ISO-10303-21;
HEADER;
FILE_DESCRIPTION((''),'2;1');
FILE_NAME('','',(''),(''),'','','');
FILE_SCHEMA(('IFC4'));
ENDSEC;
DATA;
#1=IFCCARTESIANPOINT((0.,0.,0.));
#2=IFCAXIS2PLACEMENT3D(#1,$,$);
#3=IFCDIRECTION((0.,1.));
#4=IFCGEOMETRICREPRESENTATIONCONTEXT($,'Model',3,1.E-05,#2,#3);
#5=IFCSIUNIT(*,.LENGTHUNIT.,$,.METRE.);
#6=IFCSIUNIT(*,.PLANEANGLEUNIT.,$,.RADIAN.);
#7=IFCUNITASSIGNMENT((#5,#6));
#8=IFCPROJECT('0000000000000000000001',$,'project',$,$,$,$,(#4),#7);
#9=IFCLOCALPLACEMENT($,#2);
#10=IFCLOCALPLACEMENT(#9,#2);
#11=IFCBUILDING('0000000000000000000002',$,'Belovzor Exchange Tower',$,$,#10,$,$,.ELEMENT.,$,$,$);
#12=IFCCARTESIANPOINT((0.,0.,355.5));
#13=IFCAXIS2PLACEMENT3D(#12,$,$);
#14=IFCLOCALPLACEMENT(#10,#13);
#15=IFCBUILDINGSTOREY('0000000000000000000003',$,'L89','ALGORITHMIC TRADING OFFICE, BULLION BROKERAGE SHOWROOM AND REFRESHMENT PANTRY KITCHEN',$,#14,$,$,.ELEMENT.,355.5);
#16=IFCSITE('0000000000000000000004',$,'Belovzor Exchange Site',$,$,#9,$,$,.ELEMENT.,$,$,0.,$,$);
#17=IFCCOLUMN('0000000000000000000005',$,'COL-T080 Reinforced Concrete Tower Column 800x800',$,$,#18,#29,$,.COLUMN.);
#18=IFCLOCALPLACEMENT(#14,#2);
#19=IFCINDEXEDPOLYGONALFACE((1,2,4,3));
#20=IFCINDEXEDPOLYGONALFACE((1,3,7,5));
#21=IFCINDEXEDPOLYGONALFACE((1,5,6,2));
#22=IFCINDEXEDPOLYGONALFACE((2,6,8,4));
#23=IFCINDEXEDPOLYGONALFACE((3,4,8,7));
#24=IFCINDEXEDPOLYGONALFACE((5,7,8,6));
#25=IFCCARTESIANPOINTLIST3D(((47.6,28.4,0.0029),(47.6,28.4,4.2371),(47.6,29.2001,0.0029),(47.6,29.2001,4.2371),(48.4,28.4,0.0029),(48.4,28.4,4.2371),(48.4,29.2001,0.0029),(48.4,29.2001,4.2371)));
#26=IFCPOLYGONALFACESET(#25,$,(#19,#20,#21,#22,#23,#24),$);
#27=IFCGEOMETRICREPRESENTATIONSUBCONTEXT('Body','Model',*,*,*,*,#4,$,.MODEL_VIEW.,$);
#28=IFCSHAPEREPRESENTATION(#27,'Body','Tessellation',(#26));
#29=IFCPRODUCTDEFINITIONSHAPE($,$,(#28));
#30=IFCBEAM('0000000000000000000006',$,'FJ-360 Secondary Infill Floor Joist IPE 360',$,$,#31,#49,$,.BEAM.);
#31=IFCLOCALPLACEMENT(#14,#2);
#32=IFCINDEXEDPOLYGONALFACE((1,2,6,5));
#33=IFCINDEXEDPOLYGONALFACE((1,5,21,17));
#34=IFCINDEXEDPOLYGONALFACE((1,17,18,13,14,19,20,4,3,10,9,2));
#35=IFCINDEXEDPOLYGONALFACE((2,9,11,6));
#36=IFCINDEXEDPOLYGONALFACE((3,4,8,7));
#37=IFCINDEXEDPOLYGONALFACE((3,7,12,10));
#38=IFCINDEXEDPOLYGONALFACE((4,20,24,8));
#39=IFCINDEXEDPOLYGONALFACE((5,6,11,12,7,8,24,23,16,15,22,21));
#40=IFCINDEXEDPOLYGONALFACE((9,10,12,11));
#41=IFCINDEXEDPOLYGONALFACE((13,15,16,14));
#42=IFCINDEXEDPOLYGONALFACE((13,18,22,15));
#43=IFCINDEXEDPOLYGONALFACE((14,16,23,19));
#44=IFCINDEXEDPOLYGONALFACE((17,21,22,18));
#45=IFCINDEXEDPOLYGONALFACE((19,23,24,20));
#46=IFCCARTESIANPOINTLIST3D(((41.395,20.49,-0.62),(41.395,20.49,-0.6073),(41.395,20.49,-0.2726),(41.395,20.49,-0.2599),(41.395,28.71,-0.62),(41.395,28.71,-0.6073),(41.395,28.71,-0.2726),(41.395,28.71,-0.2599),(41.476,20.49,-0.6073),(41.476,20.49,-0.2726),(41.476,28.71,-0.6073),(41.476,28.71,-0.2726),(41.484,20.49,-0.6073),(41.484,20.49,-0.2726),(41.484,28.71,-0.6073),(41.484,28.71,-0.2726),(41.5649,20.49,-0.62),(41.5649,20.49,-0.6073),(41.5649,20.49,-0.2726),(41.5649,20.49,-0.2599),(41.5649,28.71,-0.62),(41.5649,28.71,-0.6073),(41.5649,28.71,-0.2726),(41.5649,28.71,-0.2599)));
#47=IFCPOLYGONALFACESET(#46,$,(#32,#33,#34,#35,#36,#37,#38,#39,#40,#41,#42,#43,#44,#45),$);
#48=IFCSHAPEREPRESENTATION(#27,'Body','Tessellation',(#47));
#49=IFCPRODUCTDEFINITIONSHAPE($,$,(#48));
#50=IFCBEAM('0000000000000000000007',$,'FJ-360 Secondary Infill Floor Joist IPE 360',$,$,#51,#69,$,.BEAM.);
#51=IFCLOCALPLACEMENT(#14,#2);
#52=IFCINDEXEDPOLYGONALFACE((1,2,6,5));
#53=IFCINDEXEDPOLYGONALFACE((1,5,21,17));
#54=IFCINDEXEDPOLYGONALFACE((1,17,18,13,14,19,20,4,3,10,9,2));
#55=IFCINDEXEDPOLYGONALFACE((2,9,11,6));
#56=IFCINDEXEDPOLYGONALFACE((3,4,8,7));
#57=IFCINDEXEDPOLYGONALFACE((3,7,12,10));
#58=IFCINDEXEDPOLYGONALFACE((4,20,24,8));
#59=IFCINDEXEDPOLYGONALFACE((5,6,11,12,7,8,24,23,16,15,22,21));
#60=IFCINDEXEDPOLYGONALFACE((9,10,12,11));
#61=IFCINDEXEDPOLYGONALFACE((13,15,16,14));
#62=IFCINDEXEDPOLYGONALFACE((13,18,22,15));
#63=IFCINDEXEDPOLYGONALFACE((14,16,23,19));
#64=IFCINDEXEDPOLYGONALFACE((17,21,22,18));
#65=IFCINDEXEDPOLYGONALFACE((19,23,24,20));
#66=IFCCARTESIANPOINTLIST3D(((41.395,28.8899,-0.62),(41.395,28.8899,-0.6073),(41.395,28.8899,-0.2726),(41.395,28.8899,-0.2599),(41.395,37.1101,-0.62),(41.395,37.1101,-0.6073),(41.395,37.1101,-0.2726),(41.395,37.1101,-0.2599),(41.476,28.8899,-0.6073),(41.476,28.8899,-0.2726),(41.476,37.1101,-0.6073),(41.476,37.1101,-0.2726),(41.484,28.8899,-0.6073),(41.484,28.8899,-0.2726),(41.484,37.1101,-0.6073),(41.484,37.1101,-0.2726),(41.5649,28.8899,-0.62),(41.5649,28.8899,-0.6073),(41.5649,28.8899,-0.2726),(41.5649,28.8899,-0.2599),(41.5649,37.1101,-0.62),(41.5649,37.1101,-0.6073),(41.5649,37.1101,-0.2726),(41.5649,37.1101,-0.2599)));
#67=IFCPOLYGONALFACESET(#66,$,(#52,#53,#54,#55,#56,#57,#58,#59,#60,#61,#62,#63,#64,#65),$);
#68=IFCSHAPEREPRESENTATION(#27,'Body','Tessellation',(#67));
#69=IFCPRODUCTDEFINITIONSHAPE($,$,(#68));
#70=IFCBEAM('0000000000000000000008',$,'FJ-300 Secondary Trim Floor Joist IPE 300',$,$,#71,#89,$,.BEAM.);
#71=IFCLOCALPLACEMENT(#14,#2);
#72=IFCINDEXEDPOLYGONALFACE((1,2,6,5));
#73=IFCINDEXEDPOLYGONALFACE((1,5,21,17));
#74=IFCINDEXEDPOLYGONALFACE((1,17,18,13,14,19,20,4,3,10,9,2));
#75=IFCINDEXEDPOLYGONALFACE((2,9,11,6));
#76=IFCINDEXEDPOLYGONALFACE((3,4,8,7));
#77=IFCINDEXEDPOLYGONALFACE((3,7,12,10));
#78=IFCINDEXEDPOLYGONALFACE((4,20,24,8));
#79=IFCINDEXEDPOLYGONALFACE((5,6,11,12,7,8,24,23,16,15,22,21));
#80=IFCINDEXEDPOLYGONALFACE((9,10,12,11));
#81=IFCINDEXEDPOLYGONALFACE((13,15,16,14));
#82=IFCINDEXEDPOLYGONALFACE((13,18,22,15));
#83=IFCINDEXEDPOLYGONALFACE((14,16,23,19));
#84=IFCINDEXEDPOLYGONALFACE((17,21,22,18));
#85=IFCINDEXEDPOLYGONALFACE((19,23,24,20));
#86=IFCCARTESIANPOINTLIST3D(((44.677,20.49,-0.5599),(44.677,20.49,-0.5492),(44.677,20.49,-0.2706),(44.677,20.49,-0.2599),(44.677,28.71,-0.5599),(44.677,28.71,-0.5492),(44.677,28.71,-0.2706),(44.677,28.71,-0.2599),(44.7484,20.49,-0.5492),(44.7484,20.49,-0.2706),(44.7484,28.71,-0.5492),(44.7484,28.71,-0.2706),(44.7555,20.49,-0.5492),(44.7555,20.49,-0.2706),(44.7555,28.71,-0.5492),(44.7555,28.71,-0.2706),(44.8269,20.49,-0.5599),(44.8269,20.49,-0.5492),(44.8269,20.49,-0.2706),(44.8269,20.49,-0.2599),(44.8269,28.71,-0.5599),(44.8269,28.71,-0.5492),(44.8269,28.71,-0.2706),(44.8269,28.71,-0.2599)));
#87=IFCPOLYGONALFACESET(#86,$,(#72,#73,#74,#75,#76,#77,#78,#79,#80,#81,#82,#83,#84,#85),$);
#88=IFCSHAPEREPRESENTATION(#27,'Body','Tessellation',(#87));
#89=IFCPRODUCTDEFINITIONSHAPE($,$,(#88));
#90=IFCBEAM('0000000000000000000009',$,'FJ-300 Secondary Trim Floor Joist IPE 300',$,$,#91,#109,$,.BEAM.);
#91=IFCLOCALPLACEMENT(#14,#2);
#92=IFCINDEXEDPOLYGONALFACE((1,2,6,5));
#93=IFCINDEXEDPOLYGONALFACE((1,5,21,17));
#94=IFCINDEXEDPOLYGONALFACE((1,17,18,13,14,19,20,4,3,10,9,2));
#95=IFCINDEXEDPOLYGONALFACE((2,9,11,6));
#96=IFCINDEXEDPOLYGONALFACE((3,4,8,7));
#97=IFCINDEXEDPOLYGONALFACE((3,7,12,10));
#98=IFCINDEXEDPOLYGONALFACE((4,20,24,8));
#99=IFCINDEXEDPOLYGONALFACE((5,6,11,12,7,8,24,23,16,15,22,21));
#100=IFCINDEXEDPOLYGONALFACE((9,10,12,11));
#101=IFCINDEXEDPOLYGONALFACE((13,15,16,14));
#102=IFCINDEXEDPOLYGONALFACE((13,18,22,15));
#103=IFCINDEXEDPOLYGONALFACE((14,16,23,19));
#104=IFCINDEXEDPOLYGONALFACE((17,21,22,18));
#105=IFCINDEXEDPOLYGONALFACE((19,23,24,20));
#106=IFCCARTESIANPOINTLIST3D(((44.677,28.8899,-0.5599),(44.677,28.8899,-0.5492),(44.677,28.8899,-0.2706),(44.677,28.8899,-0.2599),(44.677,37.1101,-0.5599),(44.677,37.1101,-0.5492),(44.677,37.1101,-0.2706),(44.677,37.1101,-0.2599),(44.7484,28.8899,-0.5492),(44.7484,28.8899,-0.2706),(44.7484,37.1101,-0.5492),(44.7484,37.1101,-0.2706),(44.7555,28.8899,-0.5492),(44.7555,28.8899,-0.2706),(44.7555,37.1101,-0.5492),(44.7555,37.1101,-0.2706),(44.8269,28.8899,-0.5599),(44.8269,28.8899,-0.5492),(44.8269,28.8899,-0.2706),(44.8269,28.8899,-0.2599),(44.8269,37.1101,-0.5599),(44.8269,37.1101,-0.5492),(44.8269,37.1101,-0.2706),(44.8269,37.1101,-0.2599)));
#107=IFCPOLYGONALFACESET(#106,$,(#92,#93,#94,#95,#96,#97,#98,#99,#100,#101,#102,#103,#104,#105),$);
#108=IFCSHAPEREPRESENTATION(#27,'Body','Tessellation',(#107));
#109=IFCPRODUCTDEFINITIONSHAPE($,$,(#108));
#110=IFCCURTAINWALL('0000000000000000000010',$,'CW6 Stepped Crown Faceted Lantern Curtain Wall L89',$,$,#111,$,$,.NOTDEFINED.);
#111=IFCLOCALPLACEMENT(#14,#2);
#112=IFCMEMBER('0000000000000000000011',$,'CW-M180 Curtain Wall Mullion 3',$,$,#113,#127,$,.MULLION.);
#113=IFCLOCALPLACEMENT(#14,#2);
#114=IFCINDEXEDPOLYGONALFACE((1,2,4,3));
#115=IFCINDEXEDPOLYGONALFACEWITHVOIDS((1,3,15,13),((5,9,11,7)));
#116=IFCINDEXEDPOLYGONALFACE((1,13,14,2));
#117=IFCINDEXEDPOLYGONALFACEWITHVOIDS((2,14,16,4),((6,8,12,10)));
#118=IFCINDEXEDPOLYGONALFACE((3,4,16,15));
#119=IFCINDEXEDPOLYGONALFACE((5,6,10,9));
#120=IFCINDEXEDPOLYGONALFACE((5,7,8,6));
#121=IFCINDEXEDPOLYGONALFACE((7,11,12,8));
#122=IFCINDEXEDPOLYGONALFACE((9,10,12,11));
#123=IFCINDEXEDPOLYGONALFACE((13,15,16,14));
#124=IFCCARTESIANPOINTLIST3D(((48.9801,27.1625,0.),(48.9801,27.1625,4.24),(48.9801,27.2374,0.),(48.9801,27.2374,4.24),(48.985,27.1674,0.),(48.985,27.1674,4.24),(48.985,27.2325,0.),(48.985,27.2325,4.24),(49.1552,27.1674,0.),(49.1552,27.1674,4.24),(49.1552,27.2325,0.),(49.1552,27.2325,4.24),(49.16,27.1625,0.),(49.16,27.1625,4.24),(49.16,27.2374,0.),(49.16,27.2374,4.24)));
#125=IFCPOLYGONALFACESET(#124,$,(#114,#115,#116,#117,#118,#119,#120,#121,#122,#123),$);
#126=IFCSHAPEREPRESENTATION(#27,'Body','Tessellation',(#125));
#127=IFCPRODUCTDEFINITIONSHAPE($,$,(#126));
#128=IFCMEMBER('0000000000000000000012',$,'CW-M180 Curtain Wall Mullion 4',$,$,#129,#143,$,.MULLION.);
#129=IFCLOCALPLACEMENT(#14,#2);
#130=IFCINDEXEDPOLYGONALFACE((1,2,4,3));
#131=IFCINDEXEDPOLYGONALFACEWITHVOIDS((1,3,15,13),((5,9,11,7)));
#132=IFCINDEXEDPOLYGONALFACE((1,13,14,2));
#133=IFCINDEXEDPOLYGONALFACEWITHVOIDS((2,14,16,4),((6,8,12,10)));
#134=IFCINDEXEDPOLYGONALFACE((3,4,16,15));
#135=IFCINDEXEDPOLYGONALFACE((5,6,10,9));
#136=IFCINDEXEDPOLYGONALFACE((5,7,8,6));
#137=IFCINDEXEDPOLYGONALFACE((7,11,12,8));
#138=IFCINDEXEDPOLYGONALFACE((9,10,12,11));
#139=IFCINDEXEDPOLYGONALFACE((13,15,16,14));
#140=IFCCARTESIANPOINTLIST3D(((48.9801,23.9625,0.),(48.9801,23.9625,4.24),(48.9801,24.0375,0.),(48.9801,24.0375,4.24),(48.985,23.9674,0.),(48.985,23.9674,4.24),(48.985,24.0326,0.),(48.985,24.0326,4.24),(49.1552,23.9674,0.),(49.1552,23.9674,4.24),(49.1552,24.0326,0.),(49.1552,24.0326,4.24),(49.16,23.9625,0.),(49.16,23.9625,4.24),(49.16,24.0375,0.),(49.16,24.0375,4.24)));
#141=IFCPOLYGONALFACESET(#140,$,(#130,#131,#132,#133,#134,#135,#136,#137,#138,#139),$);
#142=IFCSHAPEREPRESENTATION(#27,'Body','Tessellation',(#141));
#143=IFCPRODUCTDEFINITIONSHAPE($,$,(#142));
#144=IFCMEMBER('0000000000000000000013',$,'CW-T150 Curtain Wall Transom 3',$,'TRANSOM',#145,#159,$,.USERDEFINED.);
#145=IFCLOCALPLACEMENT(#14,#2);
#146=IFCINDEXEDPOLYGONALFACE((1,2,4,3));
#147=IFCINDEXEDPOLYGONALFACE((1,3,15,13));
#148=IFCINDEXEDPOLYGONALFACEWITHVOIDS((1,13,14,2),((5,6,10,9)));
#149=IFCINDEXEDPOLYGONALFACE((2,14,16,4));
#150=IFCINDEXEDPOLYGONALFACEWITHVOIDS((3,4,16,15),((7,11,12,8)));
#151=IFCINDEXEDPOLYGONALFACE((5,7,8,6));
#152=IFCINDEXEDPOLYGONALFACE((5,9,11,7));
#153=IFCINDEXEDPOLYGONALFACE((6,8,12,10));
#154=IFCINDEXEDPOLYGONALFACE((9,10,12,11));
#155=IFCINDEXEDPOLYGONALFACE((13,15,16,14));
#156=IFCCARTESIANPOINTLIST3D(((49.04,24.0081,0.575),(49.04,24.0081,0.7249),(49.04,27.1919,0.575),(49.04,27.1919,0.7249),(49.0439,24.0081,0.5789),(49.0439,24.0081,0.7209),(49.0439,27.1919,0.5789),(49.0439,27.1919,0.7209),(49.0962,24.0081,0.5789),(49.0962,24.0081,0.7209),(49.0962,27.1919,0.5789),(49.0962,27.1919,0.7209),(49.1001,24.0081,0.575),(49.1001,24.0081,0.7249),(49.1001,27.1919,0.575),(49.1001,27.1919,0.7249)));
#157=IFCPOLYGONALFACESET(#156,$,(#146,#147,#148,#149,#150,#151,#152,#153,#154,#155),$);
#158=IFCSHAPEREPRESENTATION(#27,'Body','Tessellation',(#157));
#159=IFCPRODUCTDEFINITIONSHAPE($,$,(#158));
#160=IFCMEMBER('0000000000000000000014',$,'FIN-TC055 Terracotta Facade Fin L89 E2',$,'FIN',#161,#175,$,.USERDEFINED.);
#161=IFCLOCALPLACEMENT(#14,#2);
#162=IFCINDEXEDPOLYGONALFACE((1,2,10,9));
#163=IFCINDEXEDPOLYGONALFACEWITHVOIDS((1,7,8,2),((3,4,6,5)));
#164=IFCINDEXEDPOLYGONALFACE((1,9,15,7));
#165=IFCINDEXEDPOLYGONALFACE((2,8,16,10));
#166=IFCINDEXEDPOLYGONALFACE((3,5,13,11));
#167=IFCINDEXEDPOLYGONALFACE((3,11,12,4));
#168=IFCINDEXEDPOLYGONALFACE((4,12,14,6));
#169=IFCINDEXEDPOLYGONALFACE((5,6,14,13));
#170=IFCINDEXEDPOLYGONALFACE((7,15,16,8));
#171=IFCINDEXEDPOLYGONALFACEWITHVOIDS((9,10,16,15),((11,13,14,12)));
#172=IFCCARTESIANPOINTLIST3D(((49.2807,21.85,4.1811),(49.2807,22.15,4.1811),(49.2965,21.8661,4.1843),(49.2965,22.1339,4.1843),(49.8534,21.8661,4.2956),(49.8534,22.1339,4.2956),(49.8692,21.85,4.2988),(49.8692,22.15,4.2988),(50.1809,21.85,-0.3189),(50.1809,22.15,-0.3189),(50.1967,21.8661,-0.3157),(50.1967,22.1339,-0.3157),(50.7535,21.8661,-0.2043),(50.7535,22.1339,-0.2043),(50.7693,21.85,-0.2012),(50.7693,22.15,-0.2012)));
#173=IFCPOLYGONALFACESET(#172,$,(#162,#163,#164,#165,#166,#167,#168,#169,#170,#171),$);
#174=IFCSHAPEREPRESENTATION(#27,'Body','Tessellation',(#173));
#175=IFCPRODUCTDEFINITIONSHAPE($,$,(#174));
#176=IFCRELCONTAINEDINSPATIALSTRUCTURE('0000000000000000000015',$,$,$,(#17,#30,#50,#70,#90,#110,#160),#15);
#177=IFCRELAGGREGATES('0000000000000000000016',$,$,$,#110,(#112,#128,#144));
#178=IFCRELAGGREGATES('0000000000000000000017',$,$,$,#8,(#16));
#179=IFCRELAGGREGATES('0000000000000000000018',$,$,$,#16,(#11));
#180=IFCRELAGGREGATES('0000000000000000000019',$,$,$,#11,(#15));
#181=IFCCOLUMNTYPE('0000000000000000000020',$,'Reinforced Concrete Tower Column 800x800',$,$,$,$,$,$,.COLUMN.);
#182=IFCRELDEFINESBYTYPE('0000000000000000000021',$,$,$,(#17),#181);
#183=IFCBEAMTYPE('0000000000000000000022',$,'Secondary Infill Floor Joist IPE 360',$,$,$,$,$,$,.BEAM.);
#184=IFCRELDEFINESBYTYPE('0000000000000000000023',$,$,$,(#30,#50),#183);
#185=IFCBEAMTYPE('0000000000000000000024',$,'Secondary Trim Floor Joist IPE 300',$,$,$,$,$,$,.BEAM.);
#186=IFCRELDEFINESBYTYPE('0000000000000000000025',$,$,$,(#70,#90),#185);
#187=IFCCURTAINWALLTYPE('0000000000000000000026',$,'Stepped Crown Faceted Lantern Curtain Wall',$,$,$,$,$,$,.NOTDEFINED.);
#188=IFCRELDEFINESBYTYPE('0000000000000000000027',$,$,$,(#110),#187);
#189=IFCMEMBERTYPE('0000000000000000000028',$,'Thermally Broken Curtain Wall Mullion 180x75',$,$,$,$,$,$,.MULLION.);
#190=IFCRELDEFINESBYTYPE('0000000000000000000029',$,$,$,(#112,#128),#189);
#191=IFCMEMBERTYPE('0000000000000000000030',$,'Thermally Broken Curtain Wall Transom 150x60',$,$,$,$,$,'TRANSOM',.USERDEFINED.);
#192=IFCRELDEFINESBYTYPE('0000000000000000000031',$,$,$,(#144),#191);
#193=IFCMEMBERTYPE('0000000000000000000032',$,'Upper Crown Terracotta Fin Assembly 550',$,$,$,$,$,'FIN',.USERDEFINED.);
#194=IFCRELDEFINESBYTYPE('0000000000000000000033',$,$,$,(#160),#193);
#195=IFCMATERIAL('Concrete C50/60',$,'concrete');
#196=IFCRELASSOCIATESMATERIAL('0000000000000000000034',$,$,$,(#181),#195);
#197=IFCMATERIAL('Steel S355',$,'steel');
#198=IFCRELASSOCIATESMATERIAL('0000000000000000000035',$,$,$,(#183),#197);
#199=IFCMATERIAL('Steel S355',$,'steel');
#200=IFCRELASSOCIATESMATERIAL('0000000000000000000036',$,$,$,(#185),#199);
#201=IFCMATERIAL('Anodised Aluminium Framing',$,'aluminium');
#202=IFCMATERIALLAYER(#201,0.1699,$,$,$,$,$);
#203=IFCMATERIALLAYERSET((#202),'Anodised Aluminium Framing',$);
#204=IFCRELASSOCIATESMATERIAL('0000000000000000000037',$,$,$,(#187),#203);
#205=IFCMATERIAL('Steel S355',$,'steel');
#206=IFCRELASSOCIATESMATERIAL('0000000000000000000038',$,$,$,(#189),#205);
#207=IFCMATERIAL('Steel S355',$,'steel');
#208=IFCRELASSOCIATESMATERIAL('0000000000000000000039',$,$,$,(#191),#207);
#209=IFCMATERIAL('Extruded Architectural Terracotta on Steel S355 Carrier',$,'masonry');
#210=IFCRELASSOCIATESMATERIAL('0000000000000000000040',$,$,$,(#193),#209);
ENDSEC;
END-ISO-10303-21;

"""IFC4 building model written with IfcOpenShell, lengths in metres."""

from ifc_helpers import new_model, si_unit, direction, frame, origin, origin_2d, place, context, subcontext, project, spatial, rectangle, hollow_rectangle, i_section, extrude, material, layer, layer_set, material_profile, profile_set, type_object, element, aggregate, save


model = new_model("IFC4")

# Units and contexts
model_context = context("Model", 3, precision=1e-05, world=origin(), true_north=direction((0.0, 1.0)))
body_context = subcontext(model_context, "Body", "Model", "MODEL_VIEW")
ifc_project = project(units=[si_unit("LENGTHUNIT", "METRE"), si_unit("PLANEANGLEUNIT", "RADIAN")], contexts=[model_context])

# Site, building, storey
site_placement = place(None, origin())
site = spatial("IfcSite", under=ifc_project, at=site_placement, Name="Belovzor Exchange Site", CompositionType="ELEMENT", RefElevation=0.0)
building_placement = place(site_placement, origin())
building = spatial("IfcBuilding", under=site, at=building_placement, Name="Belovzor Exchange Tower", CompositionType="ELEMENT")
storey_placement = place(building_placement, frame((0.0, 0.0, 355.5)))
storey = spatial("IfcBuildingStorey", under=building, at=storey_placement, Name="L89", Description="ALGORITHMIC TRADING OFFICE, BULLION BROKERAGE SHOWROOM AND REFRESHMENT PANTRY KITCHEN", CompositionType="ELEMENT", Elevation=355.5)

# Column
ifc_material_1 = material(Name="Concrete C50/60", Category="concrete")
ifc_material_profile_1 = material_profile(ifc_material_1, rectangle(XDim=0.8, YDim=0.8, at=origin_2d()))
ifc_profile_set_1 = profile_set([ifc_material_profile_1], Name="Concrete C50/60")
column_type = type_object("IfcColumnType", Name="Reinforced Concrete Tower Column 800x800", PredefinedType="COLUMN", material=ifc_profile_set_1)
column_placement = place(storey_placement, frame((48.0, 28.8, 0.0029), z_axis=(0.0, 0.0, 1.0), x_axis=(1.0, 0.0, 0.0)))
element("IfcColumn", 1, at=column_placement, inside=storey, type_object=column_type, Name="COL-T080 Reinforced Concrete Tower Column 800x800", PredefinedType="COLUMN", context=body_context, shape_type="SweptSolid", body=[
    extrude(rectangle(XDim=0.8, YDim=0.8, at=origin_2d()), origin(), (0.0, 0.0, 1.0), 4.2341),
])

# Beams
ifc_material_2 = material(Name="Steel S355", Category="steel")
ifc_material_profile_2 = material_profile(ifc_material_2, i_section(OverallWidth=0.1699, OverallDepth=0.3601, WebThickness=0.0081, FlangeThickness=0.0127, at=origin_2d()))
ifc_profile_set_2 = profile_set([ifc_material_profile_2], Name="Steel S355")
beam_type_1 = type_object("IfcBeamType", Name="Secondary Infill Floor Joist IPE 360", PredefinedType="BEAM", material=ifc_profile_set_2)
beam_1_placement = place(storey_placement, frame((41.48, 20.49, -0.4399), z_axis=(0.0, 1.0, 0.0), x_axis=(-1.0, 0.0, 0.0)))
element("IfcBeam", 2, at=beam_1_placement, inside=storey, type_object=beam_type_1, Name="FJ-360 Secondary Infill Floor Joist IPE 360", PredefinedType="BEAM", context=body_context, shape_type="SweptSolid", body=[
    extrude(i_section(OverallWidth=0.1699, OverallDepth=0.3601, WebThickness=0.0081, FlangeThickness=0.0127, at=origin_2d()), origin(), (0.0, 0.0, 1.0), 8.22),
])
beam_2_placement = place(storey_placement, frame((41.48, 28.8899, -0.4399), z_axis=(0.0, 1.0, 0.0), x_axis=(-1.0, 0.0, 0.0)))
element("IfcBeam", 3, at=beam_2_placement, inside=storey, type_object=beam_type_1, Name="FJ-360 Secondary Infill Floor Joist IPE 360", PredefinedType="BEAM", context=body_context, shape_type="SweptSolid", body=[
    extrude(i_section(OverallWidth=0.1699, OverallDepth=0.3601, WebThickness=0.0081, FlangeThickness=0.0127, at=origin_2d()), origin(), (0.0, 0.0, 1.0), 8.2202),
])
ifc_material_3 = material(Name="Steel S355", Category="steel")
ifc_material_profile_3 = material_profile(ifc_material_3, i_section(OverallWidth=0.1499, OverallDepth=0.3, WebThickness=0.0071, FlangeThickness=0.0107, at=origin_2d()))
ifc_profile_set_3 = profile_set([ifc_material_profile_3], Name="Steel S355")
beam_type_2 = type_object("IfcBeamType", Name="Secondary Trim Floor Joist IPE 300", PredefinedType="BEAM", material=ifc_profile_set_3)
beam_3_placement = place(storey_placement, frame((44.752, 20.49, -0.4099), z_axis=(0.0, 1.0, 0.0), x_axis=(-1.0, 0.0, 0.0)))
element("IfcBeam", 4, at=beam_3_placement, inside=storey, type_object=beam_type_2, Name="FJ-300 Secondary Trim Floor Joist IPE 300", PredefinedType="BEAM", context=body_context, shape_type="SweptSolid", body=[
    extrude(i_section(OverallWidth=0.1499, OverallDepth=0.3, WebThickness=0.0071, FlangeThickness=0.0107, at=origin_2d()), origin(), (0.0, 0.0, 1.0), 8.22),
])
beam_4_placement = place(storey_placement, frame((44.752, 28.8899, -0.4099), z_axis=(0.0, 1.0, 0.0), x_axis=(-1.0, 0.0, 0.0)))
element("IfcBeam", 5, at=beam_4_placement, inside=storey, type_object=beam_type_2, Name="FJ-300 Secondary Trim Floor Joist IPE 300", PredefinedType="BEAM", context=body_context, shape_type="SweptSolid", body=[
    extrude(i_section(OverallWidth=0.1499, OverallDepth=0.3, WebThickness=0.0071, FlangeThickness=0.0107, at=origin_2d()), origin(), (0.0, 0.0, 1.0), 8.2202),
])

# Curtain wall, members
ifc_material_4 = material(Name="Anodised Aluminium Framing", Category="aluminium")
ifc_layer_1 = layer(ifc_material_4, 0.1699)
ifc_layer_set_1 = layer_set([ifc_layer_1], Name="Anodised Aluminium Framing")
curtain_wall_type = type_object("IfcCurtainWallType", Name="Stepped Crown Faceted Lantern Curtain Wall", PredefinedType="NOTDEFINED", material=ifc_layer_set_1)
curtain_wall_placement = place(storey_placement, origin())
curtain_wall = element("IfcCurtainWall", 6, at=curtain_wall_placement, inside=storey, type_object=curtain_wall_type, Name="CW6 Stepped Crown Faceted Lantern Curtain Wall L89", PredefinedType="NOTDEFINED")
ifc_material_5 = material(Name="Steel S355", Category="steel")
ifc_material_profile_4 = material_profile(ifc_material_5, hollow_rectangle(XDim=0.075, YDim=0.1799, WallThickness=0.0049, at=origin_2d()))
ifc_profile_set_4 = profile_set([ifc_material_profile_4], Name="Steel S355")
member_type_1 = type_object("IfcMemberType", Name="Thermally Broken Curtain Wall Mullion 180x75", PredefinedType="MULLION", material=ifc_profile_set_4)
member_1_placement = place(storey_placement, frame((49.0701, 27.2, 0.0), z_axis=(0.0, 0.0, 1.0), x_axis=(0.0, -1.0, 0.0)))
member_1 = element("IfcMember", 7, at=member_1_placement, type_object=member_type_1, Name="CW-M180 Curtain Wall Mullion 3", PredefinedType="MULLION", context=body_context, shape_type="SweptSolid", body=[
    extrude(hollow_rectangle(XDim=0.075, YDim=0.1799, WallThickness=0.0049, at=origin_2d()), origin(), (0.0, 0.0, 1.0), 4.24),
])
member_2_placement = place(storey_placement, frame((49.0701, 24.0, 0.0), z_axis=(0.0, 0.0, 1.0), x_axis=(0.0, -1.0, 0.0)))
member_2 = element("IfcMember", 8, at=member_2_placement, type_object=member_type_1, Name="CW-M180 Curtain Wall Mullion 4", PredefinedType="MULLION", context=body_context, shape_type="SweptSolid", body=[
    extrude(hollow_rectangle(XDim=0.075, YDim=0.1799, WallThickness=0.0049, at=origin_2d()), origin(), (0.0, 0.0, 1.0), 4.24),
])
ifc_material_6 = material(Name="Steel S355", Category="steel")
ifc_material_profile_5 = material_profile(ifc_material_6, hollow_rectangle(XDim=0.0601, YDim=0.1499, WallThickness=0.0039, at=origin_2d()))
ifc_profile_set_5 = profile_set([ifc_material_profile_5], Name="Steel S355")
member_type_2 = type_object("IfcMemberType", Name="Thermally Broken Curtain Wall Transom 150x60", ElementType="TRANSOM", PredefinedType="USERDEFINED", material=ifc_profile_set_5)
member_3_placement = place(storey_placement, frame((49.0701, 27.1919, 0.6499), z_axis=(0.0, -1.0, 0.0), x_axis=(1.0, 0.0, 0.0)))
member_3 = element("IfcMember", 9, at=member_3_placement, type_object=member_type_2, Name="CW-T150 Curtain Wall Transom 3", ObjectType="TRANSOM", PredefinedType="USERDEFINED", context=body_context, shape_type="SweptSolid", body=[
    extrude(hollow_rectangle(XDim=0.0601, YDim=0.1499, WallThickness=0.0039, at=origin_2d()), origin(), (0.0, 0.0, 1.0), 3.1838),
])

# Member
ifc_material_7 = material(Name="Extruded Architectural Terracotta on Steel S355 Carrier", Category="masonry")
ifc_material_profile_6 = material_profile(ifc_material_7, hollow_rectangle(XDim=0.3, YDim=0.6001, WallThickness=0.0161, at=origin_2d()))
ifc_profile_set_6 = profile_set([ifc_material_profile_6], Name="Extruded Architectural Terracotta on Steel S355 Carrier")
member_type_3 = type_object("IfcMemberType", Name="Upper Crown Terracotta Fin Assembly 550", ElementType="FIN", PredefinedType="USERDEFINED", material=ifc_profile_set_6)
member_4_placement = place(storey_placement, frame((50.4751, 22.0, -0.26), z_axis=(-0.196147, 0.0, 0.980575), x_axis=(0.0, -1.0, 0.0)))
element("IfcMember", 10, at=member_4_placement, inside=storey, type_object=member_type_3, Name="FIN-TC055 Terracotta Facade Fin L89 E2", ObjectType="FIN", PredefinedType="USERDEFINED", context=body_context, shape_type="SweptSolid", body=[
    extrude(hollow_rectangle(XDim=0.3, YDim=0.6001, WallThickness=0.0161, at=origin_2d()), origin(), (0.0, 0.0, 1.0), 4.5891),
])

aggregate(curtain_wall, [member_1, member_2, member_3])

save(model, "model.ifc")
